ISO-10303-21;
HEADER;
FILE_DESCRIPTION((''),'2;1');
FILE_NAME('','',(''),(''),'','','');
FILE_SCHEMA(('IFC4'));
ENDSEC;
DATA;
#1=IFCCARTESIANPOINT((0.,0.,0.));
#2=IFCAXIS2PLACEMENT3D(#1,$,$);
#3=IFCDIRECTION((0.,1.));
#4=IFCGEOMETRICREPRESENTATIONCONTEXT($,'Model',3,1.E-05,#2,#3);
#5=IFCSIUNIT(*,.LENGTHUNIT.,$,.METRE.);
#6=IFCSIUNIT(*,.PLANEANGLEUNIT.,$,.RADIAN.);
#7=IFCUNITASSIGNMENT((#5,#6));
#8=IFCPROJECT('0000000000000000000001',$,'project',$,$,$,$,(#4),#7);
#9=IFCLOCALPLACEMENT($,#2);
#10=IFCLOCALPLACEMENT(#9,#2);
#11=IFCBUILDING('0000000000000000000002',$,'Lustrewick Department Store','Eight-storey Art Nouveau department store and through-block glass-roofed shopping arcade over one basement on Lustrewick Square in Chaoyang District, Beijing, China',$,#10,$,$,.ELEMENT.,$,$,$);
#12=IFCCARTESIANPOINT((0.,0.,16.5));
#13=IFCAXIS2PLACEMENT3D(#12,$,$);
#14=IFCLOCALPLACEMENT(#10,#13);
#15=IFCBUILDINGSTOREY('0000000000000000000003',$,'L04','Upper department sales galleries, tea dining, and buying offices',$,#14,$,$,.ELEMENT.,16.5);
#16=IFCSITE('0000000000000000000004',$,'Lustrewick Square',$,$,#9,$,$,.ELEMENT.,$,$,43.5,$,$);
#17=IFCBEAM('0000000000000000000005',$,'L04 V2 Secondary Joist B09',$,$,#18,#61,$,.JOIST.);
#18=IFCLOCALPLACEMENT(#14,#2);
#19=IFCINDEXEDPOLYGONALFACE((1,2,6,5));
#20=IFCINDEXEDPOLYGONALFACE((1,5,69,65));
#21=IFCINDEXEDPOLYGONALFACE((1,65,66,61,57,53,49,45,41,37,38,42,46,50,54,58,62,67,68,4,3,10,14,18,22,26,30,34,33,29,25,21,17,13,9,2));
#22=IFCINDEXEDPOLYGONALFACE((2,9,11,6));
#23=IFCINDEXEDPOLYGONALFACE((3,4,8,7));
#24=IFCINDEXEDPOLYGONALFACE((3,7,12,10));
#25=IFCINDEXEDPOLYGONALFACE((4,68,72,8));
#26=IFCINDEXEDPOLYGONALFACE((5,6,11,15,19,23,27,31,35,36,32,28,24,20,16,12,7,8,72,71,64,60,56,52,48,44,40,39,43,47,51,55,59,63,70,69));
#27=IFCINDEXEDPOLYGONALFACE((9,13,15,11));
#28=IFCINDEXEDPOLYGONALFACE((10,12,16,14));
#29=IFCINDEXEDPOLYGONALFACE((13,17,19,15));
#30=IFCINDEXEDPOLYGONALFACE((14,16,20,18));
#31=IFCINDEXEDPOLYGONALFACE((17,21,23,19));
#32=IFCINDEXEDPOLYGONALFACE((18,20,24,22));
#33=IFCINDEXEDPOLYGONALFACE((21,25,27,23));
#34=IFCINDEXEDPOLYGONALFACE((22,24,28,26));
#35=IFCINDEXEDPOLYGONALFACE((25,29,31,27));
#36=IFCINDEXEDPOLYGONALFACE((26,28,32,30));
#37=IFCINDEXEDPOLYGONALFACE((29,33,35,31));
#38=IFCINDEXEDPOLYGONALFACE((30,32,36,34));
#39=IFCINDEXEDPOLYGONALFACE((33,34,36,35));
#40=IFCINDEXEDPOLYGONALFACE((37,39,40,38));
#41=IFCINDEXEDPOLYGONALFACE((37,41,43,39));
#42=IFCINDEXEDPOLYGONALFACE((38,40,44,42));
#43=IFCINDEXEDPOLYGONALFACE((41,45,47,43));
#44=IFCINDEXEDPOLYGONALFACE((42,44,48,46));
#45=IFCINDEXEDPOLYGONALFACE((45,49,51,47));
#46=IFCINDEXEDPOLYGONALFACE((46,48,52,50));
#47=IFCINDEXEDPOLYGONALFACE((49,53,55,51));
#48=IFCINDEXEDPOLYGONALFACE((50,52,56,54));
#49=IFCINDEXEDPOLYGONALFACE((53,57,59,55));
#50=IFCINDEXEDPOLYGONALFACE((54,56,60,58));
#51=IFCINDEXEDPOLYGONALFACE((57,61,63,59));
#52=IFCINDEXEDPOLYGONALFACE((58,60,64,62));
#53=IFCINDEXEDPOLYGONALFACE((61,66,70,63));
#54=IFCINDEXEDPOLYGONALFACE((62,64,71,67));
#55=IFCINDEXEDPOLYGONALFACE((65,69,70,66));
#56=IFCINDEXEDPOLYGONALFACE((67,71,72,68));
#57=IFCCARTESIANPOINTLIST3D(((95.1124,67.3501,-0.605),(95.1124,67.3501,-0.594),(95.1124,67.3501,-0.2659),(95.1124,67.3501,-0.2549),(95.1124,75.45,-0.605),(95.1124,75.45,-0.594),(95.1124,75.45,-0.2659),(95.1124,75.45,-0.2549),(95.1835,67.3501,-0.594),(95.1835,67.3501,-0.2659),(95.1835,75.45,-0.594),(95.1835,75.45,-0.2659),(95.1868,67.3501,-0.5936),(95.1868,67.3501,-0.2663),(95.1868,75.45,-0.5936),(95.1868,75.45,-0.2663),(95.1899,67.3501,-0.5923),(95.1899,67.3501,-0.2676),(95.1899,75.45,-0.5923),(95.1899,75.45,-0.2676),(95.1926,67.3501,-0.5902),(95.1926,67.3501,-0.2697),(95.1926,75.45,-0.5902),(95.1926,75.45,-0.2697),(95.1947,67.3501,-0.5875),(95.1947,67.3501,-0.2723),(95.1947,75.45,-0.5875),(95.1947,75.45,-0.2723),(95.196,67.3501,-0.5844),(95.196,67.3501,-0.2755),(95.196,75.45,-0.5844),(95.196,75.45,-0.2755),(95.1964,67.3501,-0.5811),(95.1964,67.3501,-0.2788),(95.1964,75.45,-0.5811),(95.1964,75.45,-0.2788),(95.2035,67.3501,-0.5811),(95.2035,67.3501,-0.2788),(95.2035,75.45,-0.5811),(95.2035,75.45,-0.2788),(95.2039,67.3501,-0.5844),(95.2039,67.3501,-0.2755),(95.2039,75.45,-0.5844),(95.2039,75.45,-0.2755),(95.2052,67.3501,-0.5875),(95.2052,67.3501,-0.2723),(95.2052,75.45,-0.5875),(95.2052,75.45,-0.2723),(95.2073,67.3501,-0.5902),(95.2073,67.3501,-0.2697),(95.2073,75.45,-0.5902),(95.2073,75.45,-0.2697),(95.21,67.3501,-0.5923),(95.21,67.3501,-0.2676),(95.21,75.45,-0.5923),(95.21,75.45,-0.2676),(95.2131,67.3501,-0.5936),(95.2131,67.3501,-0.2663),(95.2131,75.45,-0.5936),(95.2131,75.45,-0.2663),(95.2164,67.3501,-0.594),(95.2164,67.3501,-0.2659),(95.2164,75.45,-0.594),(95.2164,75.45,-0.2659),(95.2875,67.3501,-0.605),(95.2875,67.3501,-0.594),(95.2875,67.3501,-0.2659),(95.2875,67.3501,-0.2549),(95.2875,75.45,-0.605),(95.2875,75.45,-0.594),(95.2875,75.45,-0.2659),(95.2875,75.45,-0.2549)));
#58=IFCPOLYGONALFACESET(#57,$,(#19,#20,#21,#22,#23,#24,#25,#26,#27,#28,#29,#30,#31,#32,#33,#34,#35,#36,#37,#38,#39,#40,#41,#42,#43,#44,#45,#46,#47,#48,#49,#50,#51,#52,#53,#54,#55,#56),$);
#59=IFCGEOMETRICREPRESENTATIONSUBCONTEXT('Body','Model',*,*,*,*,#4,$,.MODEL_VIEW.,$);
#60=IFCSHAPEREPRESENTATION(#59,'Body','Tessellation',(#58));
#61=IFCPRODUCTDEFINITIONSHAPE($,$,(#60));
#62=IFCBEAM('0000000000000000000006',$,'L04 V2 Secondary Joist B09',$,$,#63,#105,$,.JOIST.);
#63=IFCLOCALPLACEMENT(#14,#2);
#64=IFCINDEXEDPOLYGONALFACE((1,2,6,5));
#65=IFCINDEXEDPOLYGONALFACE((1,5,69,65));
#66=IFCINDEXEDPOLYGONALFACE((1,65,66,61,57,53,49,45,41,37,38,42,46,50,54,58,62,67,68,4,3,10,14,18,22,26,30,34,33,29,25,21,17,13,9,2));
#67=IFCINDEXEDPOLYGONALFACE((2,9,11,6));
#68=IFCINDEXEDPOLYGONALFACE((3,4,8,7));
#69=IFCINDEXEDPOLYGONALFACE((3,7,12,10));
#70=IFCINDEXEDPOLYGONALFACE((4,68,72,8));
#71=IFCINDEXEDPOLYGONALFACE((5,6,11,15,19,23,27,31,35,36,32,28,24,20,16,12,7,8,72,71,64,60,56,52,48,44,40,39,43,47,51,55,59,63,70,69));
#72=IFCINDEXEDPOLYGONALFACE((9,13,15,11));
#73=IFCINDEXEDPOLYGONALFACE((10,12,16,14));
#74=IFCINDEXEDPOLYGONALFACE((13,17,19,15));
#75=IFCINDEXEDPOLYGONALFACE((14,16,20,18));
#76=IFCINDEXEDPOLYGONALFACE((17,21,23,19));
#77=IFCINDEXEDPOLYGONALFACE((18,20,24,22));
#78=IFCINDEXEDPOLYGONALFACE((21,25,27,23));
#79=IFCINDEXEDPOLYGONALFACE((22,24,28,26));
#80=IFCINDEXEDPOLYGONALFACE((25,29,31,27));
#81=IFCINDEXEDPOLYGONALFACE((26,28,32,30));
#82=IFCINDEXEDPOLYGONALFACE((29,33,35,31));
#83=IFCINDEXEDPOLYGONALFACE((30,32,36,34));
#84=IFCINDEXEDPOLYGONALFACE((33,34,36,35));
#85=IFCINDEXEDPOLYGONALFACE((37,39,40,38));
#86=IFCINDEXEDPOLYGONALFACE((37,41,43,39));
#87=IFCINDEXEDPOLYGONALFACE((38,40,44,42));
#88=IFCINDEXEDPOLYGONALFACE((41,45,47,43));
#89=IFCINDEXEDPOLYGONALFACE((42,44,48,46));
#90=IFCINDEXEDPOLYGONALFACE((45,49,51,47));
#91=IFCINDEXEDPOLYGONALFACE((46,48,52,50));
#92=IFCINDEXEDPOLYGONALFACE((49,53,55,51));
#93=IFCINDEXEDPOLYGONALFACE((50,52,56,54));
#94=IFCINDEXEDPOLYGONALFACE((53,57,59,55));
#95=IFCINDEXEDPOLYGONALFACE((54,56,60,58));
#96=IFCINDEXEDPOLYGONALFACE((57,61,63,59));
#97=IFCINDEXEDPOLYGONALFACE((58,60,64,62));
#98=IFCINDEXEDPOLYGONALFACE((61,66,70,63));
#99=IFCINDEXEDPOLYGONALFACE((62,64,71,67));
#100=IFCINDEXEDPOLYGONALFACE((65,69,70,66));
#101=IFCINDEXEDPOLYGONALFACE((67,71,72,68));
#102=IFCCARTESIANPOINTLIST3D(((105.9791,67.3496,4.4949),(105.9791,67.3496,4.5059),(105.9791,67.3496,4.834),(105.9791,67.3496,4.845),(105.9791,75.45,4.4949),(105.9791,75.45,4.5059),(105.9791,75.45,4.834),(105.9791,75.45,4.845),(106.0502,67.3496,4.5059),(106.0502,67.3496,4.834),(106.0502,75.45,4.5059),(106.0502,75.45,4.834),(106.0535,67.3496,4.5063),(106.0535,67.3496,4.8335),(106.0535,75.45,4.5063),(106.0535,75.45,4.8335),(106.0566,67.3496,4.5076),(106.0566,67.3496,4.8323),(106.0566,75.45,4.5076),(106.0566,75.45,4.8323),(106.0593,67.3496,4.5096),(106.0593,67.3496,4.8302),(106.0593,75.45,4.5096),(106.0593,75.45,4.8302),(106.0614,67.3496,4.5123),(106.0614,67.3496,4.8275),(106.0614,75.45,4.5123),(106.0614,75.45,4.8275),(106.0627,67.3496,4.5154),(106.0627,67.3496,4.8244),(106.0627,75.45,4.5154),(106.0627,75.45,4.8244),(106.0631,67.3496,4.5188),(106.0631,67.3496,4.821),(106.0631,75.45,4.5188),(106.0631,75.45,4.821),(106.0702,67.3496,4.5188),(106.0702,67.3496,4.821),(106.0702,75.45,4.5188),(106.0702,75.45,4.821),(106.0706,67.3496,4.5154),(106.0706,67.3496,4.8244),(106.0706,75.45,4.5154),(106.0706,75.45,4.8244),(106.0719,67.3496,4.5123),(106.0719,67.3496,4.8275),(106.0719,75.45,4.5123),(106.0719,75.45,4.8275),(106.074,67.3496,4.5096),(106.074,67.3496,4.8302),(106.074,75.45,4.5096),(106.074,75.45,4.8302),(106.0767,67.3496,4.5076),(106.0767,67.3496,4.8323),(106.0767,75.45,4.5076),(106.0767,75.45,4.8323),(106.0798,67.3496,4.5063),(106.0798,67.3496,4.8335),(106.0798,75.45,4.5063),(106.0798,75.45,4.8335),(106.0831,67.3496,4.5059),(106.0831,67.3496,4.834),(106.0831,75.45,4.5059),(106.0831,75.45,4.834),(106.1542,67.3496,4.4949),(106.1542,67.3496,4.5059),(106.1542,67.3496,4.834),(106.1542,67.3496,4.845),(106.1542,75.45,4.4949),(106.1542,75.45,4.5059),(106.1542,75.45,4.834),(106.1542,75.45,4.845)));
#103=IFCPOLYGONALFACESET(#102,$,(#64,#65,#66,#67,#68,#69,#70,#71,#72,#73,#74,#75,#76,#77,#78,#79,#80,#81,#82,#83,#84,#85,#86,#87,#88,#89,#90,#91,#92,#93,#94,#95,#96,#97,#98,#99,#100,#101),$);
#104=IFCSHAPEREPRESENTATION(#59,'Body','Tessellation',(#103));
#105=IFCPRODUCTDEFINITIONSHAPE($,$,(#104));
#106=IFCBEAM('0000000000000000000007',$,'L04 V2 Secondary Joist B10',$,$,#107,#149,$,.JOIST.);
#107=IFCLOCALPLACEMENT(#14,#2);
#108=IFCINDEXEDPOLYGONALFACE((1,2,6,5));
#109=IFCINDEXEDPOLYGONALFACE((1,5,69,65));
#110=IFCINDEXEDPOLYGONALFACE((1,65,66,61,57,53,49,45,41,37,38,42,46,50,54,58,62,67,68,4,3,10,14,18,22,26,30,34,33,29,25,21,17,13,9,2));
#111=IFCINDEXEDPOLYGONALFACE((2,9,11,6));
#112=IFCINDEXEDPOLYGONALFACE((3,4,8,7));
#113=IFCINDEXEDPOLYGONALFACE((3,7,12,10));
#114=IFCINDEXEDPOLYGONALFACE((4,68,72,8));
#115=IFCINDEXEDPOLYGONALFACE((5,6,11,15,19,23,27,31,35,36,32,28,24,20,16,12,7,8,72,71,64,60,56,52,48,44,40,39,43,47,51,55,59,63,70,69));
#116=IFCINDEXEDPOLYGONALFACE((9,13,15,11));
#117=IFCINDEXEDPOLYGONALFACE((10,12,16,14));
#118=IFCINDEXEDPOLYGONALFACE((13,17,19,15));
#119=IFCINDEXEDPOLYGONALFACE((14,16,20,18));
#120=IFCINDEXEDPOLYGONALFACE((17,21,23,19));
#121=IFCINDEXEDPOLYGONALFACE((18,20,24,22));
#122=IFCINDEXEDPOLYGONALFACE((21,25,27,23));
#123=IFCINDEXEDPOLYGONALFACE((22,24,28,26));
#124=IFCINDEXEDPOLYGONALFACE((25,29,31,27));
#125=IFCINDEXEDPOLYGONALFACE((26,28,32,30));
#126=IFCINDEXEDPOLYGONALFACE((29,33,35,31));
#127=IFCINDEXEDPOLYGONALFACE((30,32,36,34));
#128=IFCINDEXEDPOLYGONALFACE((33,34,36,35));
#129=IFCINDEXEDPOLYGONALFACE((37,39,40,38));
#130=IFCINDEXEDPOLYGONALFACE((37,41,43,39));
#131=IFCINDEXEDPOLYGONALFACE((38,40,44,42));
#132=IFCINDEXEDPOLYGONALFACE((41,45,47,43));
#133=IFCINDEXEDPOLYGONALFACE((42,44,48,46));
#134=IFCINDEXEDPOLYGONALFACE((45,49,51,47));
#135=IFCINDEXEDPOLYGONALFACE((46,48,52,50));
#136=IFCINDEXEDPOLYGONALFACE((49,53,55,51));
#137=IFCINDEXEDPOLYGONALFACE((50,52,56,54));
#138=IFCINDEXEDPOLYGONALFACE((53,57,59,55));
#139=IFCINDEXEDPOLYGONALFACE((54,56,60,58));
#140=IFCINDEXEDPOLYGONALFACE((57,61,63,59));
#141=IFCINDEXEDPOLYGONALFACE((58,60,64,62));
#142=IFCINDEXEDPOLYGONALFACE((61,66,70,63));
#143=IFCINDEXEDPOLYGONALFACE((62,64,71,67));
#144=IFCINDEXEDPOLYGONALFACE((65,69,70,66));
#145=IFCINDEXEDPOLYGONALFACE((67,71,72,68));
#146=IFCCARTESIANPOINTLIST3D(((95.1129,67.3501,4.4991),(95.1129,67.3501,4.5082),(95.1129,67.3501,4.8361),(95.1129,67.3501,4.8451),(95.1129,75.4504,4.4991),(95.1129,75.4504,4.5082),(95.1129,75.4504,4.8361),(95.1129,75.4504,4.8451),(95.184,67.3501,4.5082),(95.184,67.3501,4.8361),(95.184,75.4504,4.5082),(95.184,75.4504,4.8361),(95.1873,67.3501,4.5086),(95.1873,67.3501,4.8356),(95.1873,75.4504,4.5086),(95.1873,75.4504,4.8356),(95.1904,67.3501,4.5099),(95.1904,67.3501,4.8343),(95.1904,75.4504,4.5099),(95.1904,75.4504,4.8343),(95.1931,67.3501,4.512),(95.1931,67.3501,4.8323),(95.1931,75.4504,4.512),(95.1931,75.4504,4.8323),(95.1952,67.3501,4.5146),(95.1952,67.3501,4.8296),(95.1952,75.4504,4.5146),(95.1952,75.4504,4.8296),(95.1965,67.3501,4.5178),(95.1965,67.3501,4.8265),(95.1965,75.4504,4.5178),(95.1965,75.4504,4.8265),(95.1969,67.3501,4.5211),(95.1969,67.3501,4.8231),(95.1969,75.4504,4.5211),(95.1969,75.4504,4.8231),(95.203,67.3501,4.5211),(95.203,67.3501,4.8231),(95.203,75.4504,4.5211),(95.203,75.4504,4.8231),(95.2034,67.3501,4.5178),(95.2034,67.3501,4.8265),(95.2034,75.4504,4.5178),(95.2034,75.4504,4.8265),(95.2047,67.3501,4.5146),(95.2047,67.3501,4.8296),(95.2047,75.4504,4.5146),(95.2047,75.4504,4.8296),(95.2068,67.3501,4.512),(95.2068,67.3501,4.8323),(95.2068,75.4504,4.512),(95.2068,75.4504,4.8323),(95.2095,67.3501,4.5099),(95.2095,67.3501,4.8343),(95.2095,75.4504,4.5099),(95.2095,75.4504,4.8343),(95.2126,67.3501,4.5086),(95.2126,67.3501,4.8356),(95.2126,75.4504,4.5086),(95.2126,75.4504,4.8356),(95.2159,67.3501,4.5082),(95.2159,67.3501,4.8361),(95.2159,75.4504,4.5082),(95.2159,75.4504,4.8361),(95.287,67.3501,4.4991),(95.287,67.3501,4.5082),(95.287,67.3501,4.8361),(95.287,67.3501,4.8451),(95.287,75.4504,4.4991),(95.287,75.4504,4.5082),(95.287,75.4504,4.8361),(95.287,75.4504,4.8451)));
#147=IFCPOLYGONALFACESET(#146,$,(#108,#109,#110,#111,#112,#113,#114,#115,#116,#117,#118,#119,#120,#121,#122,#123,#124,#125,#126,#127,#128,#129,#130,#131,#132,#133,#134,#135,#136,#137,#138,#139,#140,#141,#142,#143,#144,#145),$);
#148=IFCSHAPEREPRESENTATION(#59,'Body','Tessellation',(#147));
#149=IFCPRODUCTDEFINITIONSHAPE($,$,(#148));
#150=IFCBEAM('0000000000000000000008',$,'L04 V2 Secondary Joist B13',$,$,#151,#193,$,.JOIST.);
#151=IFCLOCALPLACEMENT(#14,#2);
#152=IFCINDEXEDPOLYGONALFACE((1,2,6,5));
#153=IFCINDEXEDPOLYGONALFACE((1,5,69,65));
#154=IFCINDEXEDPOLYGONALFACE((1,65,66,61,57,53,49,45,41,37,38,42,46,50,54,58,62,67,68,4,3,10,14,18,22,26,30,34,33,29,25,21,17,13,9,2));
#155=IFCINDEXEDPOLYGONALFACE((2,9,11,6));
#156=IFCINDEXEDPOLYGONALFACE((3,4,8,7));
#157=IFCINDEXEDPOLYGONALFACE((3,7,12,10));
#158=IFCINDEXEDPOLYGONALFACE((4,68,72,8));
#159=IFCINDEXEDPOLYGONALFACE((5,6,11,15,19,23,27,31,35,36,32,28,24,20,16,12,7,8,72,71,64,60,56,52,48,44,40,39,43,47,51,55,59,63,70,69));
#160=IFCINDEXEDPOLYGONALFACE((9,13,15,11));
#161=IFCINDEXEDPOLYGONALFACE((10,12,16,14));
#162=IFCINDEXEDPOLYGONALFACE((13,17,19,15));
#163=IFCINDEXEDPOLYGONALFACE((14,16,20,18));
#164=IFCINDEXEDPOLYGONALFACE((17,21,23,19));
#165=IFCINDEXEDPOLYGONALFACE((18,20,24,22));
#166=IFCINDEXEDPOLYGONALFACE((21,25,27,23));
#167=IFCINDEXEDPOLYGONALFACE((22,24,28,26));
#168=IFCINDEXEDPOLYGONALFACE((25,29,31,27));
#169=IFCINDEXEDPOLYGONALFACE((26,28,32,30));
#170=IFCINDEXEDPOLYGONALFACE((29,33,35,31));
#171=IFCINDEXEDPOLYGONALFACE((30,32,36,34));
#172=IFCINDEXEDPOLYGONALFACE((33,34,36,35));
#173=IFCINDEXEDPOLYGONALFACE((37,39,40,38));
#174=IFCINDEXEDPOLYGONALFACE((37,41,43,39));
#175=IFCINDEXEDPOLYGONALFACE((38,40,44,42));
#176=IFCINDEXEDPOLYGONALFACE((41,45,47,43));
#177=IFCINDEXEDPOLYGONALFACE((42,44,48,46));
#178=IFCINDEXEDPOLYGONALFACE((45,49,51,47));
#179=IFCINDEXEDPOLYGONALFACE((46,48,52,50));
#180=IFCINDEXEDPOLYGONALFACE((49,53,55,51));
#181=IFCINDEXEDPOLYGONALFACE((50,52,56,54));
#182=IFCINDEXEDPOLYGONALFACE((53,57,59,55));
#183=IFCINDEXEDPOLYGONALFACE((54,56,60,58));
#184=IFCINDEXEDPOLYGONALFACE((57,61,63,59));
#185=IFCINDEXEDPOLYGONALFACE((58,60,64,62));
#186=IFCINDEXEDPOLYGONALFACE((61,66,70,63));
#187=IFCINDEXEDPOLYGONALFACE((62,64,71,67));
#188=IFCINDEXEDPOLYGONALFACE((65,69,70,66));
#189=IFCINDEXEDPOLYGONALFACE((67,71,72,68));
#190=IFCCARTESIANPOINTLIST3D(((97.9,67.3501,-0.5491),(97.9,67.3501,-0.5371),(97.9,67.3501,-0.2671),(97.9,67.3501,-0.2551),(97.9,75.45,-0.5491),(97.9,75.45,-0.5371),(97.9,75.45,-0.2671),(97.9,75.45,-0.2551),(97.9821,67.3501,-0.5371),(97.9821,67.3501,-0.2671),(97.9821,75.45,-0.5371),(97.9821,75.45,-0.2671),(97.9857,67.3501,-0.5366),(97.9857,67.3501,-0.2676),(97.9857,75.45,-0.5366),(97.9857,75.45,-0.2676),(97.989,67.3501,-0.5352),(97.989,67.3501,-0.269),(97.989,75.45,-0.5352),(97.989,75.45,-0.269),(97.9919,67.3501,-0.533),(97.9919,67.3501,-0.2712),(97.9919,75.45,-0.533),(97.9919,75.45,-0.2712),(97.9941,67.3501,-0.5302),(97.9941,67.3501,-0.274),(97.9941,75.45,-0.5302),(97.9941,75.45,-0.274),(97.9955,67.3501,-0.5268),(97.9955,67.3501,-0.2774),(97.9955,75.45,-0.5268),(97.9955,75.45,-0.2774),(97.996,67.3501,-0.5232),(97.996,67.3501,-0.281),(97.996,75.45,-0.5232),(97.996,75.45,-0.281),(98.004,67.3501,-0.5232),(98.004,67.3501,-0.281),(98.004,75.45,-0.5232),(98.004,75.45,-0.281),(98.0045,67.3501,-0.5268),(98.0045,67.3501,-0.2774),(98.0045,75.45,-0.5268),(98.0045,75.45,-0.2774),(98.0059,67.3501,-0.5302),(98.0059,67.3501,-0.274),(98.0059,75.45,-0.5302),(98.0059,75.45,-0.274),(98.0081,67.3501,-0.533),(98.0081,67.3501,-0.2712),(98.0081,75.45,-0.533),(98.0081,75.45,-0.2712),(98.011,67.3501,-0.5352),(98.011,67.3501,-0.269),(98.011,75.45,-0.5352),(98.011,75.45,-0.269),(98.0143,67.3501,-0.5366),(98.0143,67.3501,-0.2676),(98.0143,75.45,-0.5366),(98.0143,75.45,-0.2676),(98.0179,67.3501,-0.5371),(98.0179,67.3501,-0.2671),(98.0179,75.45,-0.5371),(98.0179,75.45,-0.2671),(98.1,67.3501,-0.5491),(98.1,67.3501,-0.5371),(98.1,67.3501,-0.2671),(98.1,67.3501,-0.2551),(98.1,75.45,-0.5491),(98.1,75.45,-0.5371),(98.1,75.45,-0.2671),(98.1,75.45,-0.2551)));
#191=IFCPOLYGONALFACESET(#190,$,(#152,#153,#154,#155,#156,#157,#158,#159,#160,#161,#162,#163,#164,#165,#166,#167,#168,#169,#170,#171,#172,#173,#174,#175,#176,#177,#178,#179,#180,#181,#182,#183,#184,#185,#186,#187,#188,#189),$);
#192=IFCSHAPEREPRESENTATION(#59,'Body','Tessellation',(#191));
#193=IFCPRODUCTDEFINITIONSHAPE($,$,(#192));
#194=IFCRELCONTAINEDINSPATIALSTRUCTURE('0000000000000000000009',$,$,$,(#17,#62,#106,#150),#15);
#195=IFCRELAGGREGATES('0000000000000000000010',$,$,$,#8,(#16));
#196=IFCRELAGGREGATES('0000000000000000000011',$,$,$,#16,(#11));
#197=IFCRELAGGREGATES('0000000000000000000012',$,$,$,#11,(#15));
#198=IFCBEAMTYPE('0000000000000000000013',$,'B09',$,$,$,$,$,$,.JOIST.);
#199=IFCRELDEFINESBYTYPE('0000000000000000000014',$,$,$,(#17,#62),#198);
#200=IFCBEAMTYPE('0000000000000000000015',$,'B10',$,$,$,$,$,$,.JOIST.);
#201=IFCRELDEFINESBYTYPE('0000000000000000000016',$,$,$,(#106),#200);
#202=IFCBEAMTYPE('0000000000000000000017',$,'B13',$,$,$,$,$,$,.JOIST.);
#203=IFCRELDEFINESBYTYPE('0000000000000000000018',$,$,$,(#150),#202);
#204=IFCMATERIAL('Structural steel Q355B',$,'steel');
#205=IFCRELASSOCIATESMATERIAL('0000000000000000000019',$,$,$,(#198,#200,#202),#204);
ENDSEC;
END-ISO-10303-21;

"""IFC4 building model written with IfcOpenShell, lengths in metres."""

from ifc_helpers import new_model, si_unit, direction, frame, origin, origin_2d, place, context, subcontext, project, spatial, i_section, extrude, material, material_profile, profile_set, type_object, element, save


model = new_model("IFC4")

# Units and contexts
model_context = context("Model", 3, precision=1e-05, world=origin(), true_north=direction((0.0, 1.0)))
body_context = subcontext(model_context, "Body", "Model", "MODEL_VIEW")
ifc_project = project(units=[si_unit("LENGTHUNIT", "METRE"), si_unit("PLANEANGLEUNIT", "RADIAN")], contexts=[model_context])

# Site, building, storey
site_placement = place(None, origin())
site = spatial("IfcSite", under=ifc_project, at=site_placement, Name="Lustrewick Square", CompositionType="ELEMENT", RefElevation=43.5)
building_placement = place(site_placement, origin())
building = spatial("IfcBuilding", under=site, at=building_placement, Name="Lustrewick Department Store", Description="Eight-storey Art Nouveau department store and through-block glass-roofed shopping arcade over one basement on Lustrewick Square in Chaoyang District, Beijing, China", CompositionType="ELEMENT")
storey_placement = place(building_placement, frame((0.0, 0.0, 16.5)))
storey = spatial("IfcBuildingStorey", under=building, at=storey_placement, Name="L04", Description="Upper department sales galleries, tea dining, and buying offices", CompositionType="ELEMENT", Elevation=16.5)

# Shared definitions
ifc_material_1 = material(Name="Structural steel Q355B", Category="steel")

# Beams
ifc_material_profile_1 = material_profile(ifc_material_1, i_section(OverallWidth=0.175, OverallDepth=0.3501, WebThickness=0.0071, FlangeThickness=0.011, FilletRadius=0.0129, at=origin_2d()), Name="HN 350x175x7x11")
ifc_profile_set_1 = profile_set([ifc_material_profile_1], Name="Structural steel Q355B")
beam_type_1 = type_object("IfcBeamType", Name="B09", PredefinedType="JOIST", material=ifc_profile_set_1)
beam_1_placement = place(storey_placement, frame((95.2, 67.3501, -0.4299), z_axis=(0.0, 1.0, 0.0), x_axis=(-1.0, 0.0, 0.0)))
element("IfcBeam", 1, at=beam_1_placement, inside=storey, type_object=beam_type_1, Name="L04 V2 Secondary Joist B09", PredefinedType="JOIST", context=body_context, shape_type="SweptSolid", body=[
    extrude(i_section(OverallWidth=0.175, OverallDepth=0.3501, WebThickness=0.0071, FlangeThickness=0.011, FilletRadius=0.0129, at=origin_2d()), origin(), (0.0, 0.0, 1.0), 8.0999),
])
beam_2_placement = place(storey_placement, frame((106.0667, 67.3496, 4.6699), z_axis=(0.0, 1.0, 0.0), x_axis=(-1.0, 0.0, 0.0)))
element("IfcBeam", 2, at=beam_2_placement, inside=storey, type_object=beam_type_1, Name="L04 V2 Secondary Joist B09", PredefinedType="JOIST", context=body_context, shape_type="SweptSolid", body=[
    extrude(i_section(OverallWidth=0.175, OverallDepth=0.3501, WebThickness=0.0071, FlangeThickness=0.011, FilletRadius=0.0129, at=origin_2d()), origin(), (0.0, 0.0, 1.0), 8.1003),
])
ifc_material_profile_2 = material_profile(ifc_material_1, i_section(OverallWidth=0.1741, OverallDepth=0.3459, WebThickness=0.0061, FlangeThickness=0.009, FilletRadius=0.0129, at=origin_2d()), Name="HN 346x174x6x9")
ifc_profile_set_2 = profile_set([ifc_material_profile_2], Name="Structural steel Q355B")
beam_type_2 = type_object("IfcBeamType", Name="B10", PredefinedType="JOIST", material=ifc_profile_set_2)
beam_3_placement = place(storey_placement, frame((95.2, 67.3501, 4.6721), z_axis=(0.0, 1.0, 0.0), x_axis=(-1.0, 0.0, 0.0)))
element("IfcBeam", 3, at=beam_3_placement, inside=storey, type_object=beam_type_2, Name="L04 V2 Secondary Joist B10", PredefinedType="JOIST", context=body_context, shape_type="SweptSolid", body=[
    extrude(i_section(OverallWidth=0.1741, OverallDepth=0.3459, WebThickness=0.0061, FlangeThickness=0.009, FilletRadius=0.0129, at=origin_2d()), origin(), (0.0, 0.0, 1.0), 8.1003),
])
ifc_material_profile_3 = material_profile(ifc_material_1, i_section(OverallWidth=0.2, OverallDepth=0.2939, WebThickness=0.0081, FlangeThickness=0.012, FilletRadius=0.0139, at=origin_2d()), Name="HM 294x200x8x12")
ifc_profile_set_3 = profile_set([ifc_material_profile_3], Name="Structural steel Q355B")
beam_type_3 = type_object("IfcBeamType", Name="B13", PredefinedType="JOIST", material=ifc_profile_set_3)
beam_4_placement = place(storey_placement, frame((98.0, 67.3501, -0.4021), z_axis=(0.0, 1.0, 0.0), x_axis=(-1.0, 0.0, 0.0)))
element("IfcBeam", 4, at=beam_4_placement, inside=storey, type_object=beam_type_3, Name="L04 V2 Secondary Joist B13", PredefinedType="JOIST", context=body_context, shape_type="SweptSolid", body=[
    extrude(i_section(OverallWidth=0.2, OverallDepth=0.2939, WebThickness=0.0081, FlangeThickness=0.012, FilletRadius=0.0139, at=origin_2d()), origin(), (0.0, 0.0, 1.0), 8.0999),
])

save(model, "model.ifc")
